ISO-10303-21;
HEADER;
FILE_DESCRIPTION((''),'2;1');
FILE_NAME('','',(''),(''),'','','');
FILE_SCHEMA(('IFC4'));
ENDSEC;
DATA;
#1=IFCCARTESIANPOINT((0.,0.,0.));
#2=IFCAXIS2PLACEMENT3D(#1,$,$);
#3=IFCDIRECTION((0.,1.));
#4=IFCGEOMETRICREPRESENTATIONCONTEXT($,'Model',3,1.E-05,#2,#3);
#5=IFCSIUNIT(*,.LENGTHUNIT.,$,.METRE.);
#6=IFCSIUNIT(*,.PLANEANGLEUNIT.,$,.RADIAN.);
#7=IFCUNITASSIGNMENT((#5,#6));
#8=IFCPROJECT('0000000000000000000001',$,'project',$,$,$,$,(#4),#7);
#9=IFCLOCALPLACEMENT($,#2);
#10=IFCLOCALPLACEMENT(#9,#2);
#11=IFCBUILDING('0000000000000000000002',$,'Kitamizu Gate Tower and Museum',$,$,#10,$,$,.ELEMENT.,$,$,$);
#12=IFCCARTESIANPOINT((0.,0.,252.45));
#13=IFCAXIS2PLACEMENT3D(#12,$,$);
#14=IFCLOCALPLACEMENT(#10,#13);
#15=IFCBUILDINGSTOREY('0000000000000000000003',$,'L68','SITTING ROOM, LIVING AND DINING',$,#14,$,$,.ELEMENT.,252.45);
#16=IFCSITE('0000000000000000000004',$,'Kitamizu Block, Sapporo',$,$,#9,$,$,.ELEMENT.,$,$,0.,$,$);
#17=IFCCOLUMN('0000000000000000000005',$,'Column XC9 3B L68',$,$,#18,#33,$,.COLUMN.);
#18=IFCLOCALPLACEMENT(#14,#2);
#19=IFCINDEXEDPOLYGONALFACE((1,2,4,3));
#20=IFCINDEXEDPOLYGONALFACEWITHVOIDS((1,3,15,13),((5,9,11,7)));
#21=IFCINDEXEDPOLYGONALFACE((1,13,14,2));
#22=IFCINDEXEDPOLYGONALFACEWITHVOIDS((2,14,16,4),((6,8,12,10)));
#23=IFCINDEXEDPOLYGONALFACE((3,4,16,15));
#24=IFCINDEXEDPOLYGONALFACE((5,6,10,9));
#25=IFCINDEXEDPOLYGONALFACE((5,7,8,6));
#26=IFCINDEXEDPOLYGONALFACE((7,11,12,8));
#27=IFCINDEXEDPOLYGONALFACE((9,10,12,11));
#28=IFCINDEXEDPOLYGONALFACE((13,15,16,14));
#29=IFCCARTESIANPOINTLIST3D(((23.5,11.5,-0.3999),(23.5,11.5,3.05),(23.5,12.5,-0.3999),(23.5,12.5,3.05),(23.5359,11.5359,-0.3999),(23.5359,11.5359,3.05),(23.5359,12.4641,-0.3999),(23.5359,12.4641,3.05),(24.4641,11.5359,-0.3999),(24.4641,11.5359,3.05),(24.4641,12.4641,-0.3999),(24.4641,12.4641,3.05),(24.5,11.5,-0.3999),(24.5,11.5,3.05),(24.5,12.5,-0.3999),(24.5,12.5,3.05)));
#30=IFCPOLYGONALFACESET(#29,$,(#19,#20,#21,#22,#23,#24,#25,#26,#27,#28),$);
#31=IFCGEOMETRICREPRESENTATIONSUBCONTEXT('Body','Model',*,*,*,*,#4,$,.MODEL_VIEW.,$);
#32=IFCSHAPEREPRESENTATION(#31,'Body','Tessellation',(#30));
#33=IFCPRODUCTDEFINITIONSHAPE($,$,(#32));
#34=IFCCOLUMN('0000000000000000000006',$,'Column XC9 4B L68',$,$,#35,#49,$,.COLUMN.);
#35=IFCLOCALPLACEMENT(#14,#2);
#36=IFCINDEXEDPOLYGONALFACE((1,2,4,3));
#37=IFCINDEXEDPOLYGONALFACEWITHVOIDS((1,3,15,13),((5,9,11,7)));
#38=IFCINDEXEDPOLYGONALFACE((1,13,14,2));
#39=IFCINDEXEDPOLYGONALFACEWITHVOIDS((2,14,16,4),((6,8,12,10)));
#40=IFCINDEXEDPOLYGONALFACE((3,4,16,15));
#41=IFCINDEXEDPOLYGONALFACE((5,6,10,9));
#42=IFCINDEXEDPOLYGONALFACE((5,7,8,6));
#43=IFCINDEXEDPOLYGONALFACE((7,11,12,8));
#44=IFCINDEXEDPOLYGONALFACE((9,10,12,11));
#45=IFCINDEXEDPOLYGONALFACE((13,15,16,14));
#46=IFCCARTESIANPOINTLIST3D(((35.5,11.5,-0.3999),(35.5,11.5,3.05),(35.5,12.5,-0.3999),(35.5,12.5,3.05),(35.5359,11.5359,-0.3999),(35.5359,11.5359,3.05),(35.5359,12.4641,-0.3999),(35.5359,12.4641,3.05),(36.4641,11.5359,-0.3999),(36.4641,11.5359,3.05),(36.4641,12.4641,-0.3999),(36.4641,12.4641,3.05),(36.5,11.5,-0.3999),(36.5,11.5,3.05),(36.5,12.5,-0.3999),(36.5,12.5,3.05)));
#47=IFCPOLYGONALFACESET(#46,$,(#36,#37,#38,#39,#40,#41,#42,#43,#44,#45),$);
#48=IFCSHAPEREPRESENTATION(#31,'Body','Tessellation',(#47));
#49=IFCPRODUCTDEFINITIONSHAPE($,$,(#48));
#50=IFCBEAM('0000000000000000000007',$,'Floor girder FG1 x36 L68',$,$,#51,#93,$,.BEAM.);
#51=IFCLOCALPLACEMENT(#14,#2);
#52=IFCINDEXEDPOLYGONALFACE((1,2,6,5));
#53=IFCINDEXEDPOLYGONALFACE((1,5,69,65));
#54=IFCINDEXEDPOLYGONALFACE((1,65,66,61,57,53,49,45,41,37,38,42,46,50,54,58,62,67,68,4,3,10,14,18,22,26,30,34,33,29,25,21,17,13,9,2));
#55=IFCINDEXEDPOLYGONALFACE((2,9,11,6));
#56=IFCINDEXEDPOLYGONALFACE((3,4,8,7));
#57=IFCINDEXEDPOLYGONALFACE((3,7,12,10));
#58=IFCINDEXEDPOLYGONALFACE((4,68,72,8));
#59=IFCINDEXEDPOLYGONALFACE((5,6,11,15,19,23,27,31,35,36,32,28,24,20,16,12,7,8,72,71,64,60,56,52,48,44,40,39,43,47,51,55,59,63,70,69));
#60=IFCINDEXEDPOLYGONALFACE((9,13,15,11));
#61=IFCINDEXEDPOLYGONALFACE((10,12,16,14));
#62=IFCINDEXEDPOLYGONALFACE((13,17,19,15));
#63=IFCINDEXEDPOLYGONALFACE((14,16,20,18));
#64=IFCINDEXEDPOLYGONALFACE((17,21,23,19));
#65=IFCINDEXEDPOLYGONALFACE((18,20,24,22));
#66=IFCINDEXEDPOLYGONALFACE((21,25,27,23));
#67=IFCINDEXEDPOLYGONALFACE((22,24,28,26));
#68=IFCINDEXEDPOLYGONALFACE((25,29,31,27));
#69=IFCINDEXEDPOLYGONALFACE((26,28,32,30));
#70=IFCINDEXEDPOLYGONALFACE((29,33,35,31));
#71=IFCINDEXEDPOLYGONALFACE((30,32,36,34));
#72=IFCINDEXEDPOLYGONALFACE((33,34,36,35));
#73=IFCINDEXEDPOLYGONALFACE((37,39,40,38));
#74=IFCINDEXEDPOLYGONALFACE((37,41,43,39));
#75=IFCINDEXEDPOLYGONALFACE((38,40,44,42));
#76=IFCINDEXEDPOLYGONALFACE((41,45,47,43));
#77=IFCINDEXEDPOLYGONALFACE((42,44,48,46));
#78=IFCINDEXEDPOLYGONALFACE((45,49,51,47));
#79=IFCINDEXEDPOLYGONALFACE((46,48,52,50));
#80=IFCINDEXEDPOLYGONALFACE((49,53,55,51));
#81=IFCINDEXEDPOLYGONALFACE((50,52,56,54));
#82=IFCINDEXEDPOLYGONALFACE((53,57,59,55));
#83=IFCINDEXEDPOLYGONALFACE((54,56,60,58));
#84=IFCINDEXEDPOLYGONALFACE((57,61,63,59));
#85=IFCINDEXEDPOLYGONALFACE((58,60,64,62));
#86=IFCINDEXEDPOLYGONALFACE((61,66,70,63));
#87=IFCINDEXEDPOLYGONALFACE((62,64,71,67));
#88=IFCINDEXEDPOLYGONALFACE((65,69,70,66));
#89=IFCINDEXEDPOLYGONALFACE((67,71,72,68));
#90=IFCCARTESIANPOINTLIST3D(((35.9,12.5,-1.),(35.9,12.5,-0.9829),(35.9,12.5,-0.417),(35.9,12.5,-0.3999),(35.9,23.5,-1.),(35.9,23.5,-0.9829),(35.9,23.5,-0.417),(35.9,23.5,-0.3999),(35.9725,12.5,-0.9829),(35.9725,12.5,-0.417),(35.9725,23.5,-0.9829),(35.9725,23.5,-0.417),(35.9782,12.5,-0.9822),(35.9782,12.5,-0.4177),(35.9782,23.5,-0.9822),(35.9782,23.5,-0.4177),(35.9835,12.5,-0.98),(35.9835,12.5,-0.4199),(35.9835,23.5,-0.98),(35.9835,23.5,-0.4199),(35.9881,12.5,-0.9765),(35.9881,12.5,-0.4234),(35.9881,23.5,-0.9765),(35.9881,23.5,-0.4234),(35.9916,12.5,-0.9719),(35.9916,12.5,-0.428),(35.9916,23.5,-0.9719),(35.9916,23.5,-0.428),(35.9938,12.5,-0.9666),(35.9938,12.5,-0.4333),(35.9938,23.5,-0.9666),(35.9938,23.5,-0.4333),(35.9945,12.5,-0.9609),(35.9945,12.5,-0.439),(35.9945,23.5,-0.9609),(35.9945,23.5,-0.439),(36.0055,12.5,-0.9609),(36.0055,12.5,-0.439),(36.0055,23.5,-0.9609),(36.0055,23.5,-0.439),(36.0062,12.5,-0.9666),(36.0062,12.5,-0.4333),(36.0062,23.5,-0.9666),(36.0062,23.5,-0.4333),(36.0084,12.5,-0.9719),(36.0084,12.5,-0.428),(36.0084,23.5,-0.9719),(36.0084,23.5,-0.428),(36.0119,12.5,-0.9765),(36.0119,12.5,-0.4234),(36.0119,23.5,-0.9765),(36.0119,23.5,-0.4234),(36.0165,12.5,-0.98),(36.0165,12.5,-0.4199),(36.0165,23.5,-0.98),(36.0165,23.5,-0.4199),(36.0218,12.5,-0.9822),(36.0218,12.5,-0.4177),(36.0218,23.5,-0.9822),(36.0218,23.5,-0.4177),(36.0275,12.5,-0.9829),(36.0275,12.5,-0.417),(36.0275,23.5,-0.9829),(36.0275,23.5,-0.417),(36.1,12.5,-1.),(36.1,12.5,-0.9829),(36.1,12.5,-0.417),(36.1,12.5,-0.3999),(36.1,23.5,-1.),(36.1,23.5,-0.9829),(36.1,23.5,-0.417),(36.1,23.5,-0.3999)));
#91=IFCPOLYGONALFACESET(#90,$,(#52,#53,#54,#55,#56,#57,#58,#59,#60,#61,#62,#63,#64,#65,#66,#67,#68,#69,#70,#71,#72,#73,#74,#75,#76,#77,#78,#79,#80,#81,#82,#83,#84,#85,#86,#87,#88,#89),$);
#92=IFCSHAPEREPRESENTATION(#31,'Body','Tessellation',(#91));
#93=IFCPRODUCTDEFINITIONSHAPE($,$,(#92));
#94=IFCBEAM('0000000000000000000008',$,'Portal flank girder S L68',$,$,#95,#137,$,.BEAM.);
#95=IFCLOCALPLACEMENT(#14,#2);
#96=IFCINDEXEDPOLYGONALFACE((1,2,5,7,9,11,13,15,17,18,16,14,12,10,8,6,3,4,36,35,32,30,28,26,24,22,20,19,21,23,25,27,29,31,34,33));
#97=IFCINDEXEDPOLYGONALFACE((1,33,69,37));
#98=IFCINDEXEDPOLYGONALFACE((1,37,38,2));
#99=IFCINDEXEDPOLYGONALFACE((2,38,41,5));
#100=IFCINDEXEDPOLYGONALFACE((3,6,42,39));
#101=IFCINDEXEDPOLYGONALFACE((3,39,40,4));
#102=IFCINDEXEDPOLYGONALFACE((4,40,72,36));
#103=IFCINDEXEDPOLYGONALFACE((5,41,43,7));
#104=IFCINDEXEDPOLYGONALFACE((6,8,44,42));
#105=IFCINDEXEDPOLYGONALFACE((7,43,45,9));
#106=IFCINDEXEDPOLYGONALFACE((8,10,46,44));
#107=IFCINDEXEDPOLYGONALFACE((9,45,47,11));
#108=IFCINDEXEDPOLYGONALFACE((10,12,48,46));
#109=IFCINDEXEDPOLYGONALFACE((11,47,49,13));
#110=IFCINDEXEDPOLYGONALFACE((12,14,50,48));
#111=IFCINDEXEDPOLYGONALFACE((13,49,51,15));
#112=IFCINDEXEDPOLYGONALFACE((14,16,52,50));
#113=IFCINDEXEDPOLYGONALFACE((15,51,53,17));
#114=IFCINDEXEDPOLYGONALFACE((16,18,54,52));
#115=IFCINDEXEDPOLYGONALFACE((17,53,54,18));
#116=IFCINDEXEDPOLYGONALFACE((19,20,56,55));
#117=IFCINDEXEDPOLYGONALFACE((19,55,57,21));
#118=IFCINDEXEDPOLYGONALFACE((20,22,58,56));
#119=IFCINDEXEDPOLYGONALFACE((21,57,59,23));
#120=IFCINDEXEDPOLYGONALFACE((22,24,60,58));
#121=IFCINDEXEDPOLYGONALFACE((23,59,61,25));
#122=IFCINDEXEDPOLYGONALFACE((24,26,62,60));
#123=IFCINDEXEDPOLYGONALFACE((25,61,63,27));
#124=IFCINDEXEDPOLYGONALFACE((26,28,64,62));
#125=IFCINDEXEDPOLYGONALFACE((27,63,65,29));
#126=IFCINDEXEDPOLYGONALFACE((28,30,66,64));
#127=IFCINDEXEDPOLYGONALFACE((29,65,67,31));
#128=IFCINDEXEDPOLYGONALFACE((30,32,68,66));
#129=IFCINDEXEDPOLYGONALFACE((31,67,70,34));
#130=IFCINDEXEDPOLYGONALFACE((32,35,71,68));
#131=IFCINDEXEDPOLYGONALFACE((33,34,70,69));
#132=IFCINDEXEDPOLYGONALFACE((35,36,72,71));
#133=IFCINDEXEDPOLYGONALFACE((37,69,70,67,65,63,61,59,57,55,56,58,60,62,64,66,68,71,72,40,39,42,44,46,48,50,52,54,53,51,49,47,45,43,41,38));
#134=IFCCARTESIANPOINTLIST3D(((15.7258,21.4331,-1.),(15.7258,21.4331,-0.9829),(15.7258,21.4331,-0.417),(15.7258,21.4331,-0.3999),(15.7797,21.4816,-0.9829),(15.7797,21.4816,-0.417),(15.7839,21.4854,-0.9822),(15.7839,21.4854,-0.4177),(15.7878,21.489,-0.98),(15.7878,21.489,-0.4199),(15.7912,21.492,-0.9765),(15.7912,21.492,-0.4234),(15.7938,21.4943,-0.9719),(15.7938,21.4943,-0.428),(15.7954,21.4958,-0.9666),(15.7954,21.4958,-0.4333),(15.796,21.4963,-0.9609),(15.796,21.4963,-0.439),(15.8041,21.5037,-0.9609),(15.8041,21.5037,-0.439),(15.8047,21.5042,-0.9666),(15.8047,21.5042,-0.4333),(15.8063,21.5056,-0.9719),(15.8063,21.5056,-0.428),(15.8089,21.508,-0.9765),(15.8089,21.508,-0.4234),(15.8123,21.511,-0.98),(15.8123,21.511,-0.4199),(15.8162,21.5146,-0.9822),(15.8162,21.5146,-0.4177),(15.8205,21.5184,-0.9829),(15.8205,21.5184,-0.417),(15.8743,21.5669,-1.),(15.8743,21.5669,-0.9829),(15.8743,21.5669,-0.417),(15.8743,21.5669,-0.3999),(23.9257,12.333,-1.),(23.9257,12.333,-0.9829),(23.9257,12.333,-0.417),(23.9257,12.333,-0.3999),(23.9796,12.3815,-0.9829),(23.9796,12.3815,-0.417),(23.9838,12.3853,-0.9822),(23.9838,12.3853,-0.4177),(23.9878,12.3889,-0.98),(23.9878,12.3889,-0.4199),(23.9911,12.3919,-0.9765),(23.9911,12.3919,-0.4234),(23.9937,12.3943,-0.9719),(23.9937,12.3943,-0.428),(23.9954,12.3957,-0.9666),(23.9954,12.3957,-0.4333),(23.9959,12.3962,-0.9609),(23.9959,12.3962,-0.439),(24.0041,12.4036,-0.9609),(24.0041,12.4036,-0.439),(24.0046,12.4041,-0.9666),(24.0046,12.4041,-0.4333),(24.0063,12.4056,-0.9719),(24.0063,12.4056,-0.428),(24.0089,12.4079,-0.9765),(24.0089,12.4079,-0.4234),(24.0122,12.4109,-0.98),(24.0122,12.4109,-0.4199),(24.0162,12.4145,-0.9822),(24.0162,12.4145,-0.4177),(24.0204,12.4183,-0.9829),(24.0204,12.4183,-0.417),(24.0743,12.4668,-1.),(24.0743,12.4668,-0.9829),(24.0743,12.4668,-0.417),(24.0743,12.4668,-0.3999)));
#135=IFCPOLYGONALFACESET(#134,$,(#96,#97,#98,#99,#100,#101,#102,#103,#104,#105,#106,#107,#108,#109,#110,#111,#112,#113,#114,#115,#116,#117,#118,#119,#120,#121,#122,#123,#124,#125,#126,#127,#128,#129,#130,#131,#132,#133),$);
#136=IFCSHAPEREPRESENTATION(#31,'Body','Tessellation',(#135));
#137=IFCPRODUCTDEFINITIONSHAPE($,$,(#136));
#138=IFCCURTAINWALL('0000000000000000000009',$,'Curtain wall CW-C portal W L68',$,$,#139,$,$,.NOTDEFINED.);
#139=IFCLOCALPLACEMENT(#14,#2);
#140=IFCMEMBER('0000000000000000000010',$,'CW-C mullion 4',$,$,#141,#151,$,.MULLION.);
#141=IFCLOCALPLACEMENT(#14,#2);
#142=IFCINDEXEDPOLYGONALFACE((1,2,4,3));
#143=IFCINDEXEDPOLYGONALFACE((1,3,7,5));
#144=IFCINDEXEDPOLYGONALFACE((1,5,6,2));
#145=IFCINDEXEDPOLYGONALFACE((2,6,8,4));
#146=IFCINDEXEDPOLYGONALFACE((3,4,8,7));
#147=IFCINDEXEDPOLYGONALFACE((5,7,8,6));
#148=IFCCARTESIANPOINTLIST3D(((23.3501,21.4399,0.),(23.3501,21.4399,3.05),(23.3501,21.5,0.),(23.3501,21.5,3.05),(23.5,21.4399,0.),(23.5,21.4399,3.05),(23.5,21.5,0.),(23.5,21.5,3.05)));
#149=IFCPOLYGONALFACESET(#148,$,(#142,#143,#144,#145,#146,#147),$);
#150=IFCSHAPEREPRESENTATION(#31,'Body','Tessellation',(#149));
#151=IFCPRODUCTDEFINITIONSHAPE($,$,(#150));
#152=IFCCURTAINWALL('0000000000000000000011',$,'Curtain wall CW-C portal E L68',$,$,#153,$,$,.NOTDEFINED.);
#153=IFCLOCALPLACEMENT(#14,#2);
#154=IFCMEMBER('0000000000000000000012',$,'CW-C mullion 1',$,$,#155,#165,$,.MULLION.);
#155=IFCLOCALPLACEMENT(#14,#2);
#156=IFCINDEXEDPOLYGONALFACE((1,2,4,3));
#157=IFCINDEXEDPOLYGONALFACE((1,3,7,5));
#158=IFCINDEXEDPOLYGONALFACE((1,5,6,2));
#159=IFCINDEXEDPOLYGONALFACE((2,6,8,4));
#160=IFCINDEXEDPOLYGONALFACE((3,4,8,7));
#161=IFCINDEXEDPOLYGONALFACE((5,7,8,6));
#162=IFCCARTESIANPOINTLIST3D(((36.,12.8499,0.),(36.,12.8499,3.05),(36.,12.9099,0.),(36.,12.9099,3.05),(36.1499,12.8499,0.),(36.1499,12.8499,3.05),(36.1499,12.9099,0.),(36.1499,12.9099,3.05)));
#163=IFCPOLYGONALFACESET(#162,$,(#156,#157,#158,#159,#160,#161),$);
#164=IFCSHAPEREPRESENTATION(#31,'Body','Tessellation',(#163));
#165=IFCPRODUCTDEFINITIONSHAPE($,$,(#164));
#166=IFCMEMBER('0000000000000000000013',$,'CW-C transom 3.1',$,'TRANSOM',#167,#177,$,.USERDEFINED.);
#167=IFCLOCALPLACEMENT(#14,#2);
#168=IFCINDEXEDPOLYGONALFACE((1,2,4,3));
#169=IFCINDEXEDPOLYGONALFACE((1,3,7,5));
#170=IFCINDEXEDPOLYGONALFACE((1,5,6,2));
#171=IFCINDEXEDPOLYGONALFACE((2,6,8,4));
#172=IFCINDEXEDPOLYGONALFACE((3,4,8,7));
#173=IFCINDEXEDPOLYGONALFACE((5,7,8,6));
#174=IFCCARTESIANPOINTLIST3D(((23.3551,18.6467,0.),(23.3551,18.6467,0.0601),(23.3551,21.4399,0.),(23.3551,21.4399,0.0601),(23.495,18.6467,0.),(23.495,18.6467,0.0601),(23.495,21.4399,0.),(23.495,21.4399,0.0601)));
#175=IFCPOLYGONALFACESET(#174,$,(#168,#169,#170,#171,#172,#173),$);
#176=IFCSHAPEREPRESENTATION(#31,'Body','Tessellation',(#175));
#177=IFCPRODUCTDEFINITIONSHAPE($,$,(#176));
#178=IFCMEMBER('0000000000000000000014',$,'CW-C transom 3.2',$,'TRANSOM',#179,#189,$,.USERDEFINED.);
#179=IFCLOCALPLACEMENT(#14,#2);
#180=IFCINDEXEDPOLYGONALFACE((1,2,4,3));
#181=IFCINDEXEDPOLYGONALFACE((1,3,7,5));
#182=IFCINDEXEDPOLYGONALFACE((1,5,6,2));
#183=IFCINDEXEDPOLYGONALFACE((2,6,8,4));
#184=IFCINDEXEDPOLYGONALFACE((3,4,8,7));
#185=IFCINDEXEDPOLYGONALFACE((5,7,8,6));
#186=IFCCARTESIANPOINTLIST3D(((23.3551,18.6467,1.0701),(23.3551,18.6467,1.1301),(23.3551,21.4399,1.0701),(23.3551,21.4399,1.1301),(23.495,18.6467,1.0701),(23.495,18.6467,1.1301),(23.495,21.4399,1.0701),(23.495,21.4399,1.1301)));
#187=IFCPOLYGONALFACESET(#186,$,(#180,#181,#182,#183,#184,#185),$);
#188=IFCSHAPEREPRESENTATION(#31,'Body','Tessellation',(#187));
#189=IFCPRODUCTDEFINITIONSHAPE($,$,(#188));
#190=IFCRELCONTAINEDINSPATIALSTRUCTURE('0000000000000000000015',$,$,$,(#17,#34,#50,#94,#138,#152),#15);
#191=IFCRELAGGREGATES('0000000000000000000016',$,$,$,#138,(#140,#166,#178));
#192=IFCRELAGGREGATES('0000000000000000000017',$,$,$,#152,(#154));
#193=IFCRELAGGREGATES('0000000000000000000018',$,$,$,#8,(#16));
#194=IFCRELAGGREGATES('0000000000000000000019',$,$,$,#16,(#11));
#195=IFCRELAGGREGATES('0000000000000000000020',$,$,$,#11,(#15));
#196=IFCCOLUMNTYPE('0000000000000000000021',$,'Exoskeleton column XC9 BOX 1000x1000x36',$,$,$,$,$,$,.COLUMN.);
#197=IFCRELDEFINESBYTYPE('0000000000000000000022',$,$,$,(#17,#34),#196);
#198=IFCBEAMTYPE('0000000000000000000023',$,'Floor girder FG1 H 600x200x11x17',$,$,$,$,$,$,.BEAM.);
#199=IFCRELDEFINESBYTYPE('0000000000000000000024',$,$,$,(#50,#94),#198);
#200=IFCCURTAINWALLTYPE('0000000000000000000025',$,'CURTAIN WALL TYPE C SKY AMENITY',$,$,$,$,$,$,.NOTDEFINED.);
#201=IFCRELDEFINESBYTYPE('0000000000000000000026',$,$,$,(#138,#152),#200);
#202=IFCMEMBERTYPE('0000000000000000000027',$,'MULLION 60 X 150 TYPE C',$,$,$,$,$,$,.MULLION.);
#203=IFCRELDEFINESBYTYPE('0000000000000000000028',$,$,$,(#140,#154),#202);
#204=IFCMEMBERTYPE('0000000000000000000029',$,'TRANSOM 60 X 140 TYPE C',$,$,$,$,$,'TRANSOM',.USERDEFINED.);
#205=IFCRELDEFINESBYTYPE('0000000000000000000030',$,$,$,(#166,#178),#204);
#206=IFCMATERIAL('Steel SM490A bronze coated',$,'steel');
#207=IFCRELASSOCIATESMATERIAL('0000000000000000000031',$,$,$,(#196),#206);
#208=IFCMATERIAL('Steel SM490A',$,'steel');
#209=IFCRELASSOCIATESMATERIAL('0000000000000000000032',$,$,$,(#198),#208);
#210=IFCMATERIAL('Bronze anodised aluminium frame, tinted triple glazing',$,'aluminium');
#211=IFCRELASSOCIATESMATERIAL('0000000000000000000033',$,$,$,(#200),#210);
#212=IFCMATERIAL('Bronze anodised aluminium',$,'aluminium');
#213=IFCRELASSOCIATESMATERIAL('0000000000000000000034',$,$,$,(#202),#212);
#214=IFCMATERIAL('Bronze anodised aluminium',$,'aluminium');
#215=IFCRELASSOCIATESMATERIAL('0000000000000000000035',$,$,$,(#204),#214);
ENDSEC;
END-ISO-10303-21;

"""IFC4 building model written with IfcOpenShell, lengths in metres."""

from ifc_helpers import new_model, si_unit, direction, frame, origin, origin_2d, place, context, subcontext, project, spatial, rectangle, hollow_rectangle, i_section, extrude, material, material_profile, profile_set, type_object, element, aggregate, save


model = new_model("IFC4")

# Units and contexts
model_context = context("Model", 3, precision=1e-05, world=origin(), true_north=direction((0.0, 1.0)))
body_context = subcontext(model_context, "Body", "Model", "MODEL_VIEW")
ifc_project = project(units=[si_unit("LENGTHUNIT", "METRE"), si_unit("PLANEANGLEUNIT", "RADIAN")], contexts=[model_context])

# Site, building, storey
site_placement = place(None, origin())
site = spatial("IfcSite", under=ifc_project, at=site_placement, Name="Kitamizu Block, Sapporo", CompositionType="ELEMENT", RefElevation=0.0)
building_placement = place(site_placement, origin())
building = spatial("IfcBuilding", under=site, at=building_placement, Name="Kitamizu Gate Tower and Museum", CompositionType="ELEMENT")
storey_placement = place(building_placement, frame((0.0, 0.0, 252.45)))
storey = spatial("IfcBuildingStorey", under=building, at=storey_placement, Name="L68", Description="SITTING ROOM, LIVING AND DINING", CompositionType="ELEMENT", Elevation=252.45)

# Columns
ifc_material_1 = material(Name="Steel SM490A bronze coated", Category="steel")
ifc_material_profile_1 = material_profile(ifc_material_1, hollow_rectangle(XDim=1.0, YDim=1.0, WallThickness=0.0359, at=origin_2d()), Name="BOX 1000x1000x36")
ifc_profile_set_1 = profile_set([ifc_material_profile_1], Name="Steel SM490A bronze coated")
column_type = type_object("IfcColumnType", Name="Exoskeleton column XC9 BOX 1000x1000x36", PredefinedType="COLUMN", material=ifc_profile_set_1)
for number, where, z_axis, x_axis, name in (
    (1, (24.0, 12.0, -0.3999), (0.0, 0.0, 1.0), (1.0, 0.0, 0.0), "Column XC9 3B L68"),
    (2, (36.0, 12.0, -0.3999), (0.0, 0.0, 1.0), (1.0, 0.0, 0.0), "Column XC9 4B L68"),
):
    element("IfcColumn", number, at=place(storey_placement, frame(where, z_axis=z_axis, x_axis=x_axis)), inside=storey, type_object=column_type, Name=name, PredefinedType="COLUMN", context=body_context, shape_type="SweptSolid", body=[
        extrude(hollow_rectangle(XDim=1.0, YDim=1.0, WallThickness=0.0359, at=origin_2d()), origin(), (0.0, 0.0, 1.0), 3.45),
    ])

# Beams
ifc_material_2 = material(Name="Steel SM490A", Category="steel")
ifc_material_profile_2 = material_profile(ifc_material_2, i_section(OverallWidth=0.2, OverallDepth=0.6001, WebThickness=0.011, FlangeThickness=0.0171, FilletRadius=0.022, at=origin_2d()), Name="H-600x200x11x17")
ifc_profile_set_2 = profile_set([ifc_material_profile_2], Name="Steel SM490A")
beam_type = type_object("IfcBeamType", Name="Floor girder FG1 H 600x200x11x17", PredefinedType="BEAM", material=ifc_profile_set_2)
beam_1_placement = place(storey_placement, frame((36.0, 12.5, -0.7), z_axis=(0.0, 1.0, 0.0), x_axis=(-1.0, 0.0, 0.0)))
element("IfcBeam", 3, at=beam_1_placement, inside=storey, type_object=beam_type, Name="Floor girder FG1 x36 L68", PredefinedType="BEAM", context=body_context, shape_type="SweptSolid", body=[
    extrude(i_section(OverallWidth=0.2, OverallDepth=0.6001, WebThickness=0.011, FlangeThickness=0.0171, FilletRadius=0.022, at=origin_2d()), origin(), (0.0, 0.0, 1.0), 11.0),
])
beam_2_placement = place(storey_placement, frame((24.0, 12.3999, -0.7), z_axis=(-0.669409, 0.742894, 0.0), x_axis=(-0.742894, -0.669409, 0.0)))
element("IfcBeam", 4, at=beam_2_placement, inside=storey, type_object=beam_type, Name="Portal flank girder S L68", PredefinedType="BEAM", context=body_context, shape_type="SweptSolid", body=[
    extrude(i_section(OverallWidth=0.2, OverallDepth=0.6001, WebThickness=0.011, FlangeThickness=0.0171, FilletRadius=0.022, at=origin_2d()), origin(), (0.0, 0.0, 1.0), 12.2495),
])

# Curtain walls, members
ifc_material_3 = material(Name="Bronze anodised aluminium frame, tinted triple glazing", Category="aluminium")
curtain_wall_type = type_object("IfcCurtainWallType", Name="CURTAIN WALL TYPE C SKY AMENITY", PredefinedType="NOTDEFINED", material=ifc_material_3)
curtain_wall_1_placement = place(storey_placement, origin())
curtain_wall_1 = element("IfcCurtainWall", 5, at=curtain_wall_1_placement, inside=storey, type_object=curtain_wall_type, Name="Curtain wall CW-C portal W L68", PredefinedType="NOTDEFINED")
ifc_material_4 = material(Name="Bronze anodised aluminium", Category="aluminium")
ifc_material_profile_3 = material_profile(ifc_material_4, rectangle(XDim=0.0601, YDim=0.1499, at=origin_2d()), Name="AL 60X150")
ifc_profile_set_3 = profile_set([ifc_material_profile_3], Name="Bronze anodised aluminium")
member_type_1 = type_object("IfcMemberType", Name="MULLION 60 X 150 TYPE C", PredefinedType="MULLION", material=ifc_profile_set_3)
member_1_placement = place(storey_placement, frame((23.425, 21.47, 0.0), z_axis=(0.0, 0.0, 1.0), x_axis=(0.0, 1.0, 0.0)))
member_1 = element("IfcMember", 6, at=member_1_placement, type_object=member_type_1, Name="CW-C mullion 4", PredefinedType="MULLION", context=body_context, shape_type="SweptSolid", body=[
    extrude(rectangle(XDim=0.0601, YDim=0.1499, at=origin_2d()), origin(), (0.0, 0.0, 1.0), 3.05),
])
curtain_wall_2_placement = place(storey_placement, origin())
curtain_wall_2 = element("IfcCurtainWall", 7, at=curtain_wall_2_placement, inside=storey, type_object=curtain_wall_type, Name="Curtain wall CW-C portal E L68", PredefinedType="NOTDEFINED")
member_2_placement = place(storey_placement, frame((36.075, 12.8799, 0.0), z_axis=(0.0, 0.0, 1.0), x_axis=(0.0, 1.0, 0.0)))
member_2 = element("IfcMember", 8, at=member_2_placement, type_object=member_type_1, Name="CW-C mullion 1", PredefinedType="MULLION", context=body_context, shape_type="SweptSolid", body=[
    extrude(rectangle(XDim=0.0601, YDim=0.1499, at=origin_2d()), origin(), (0.0, 0.0, 1.0), 3.05),
])

# Members
ifc_material_5 = material(Name="Bronze anodised aluminium", Category="aluminium")
ifc_material_profile_4 = material_profile(ifc_material_5, rectangle(XDim=0.1399, YDim=0.0601, at=origin_2d()), Name="AL 60X140")
ifc_profile_set_4 = profile_set([ifc_material_profile_4], Name="Bronze anodised aluminium")
member_type_2 = type_object("IfcMemberType", Name="TRANSOM 60 X 140 TYPE C", ElementType="TRANSOM", PredefinedType="USERDEFINED", material=ifc_profile_set_4)
member_3_placement = place(storey_placement, frame((23.425, 18.6467, 0.03), z_axis=(0.0, 1.0, 0.0), x_axis=(-1.0, 0.0, 0.0)))
member_3 = element("IfcMember", 9, at=member_3_placement, type_object=member_type_2, Name="CW-C transom 3.1", ObjectType="TRANSOM", PredefinedType="USERDEFINED", context=body_context, shape_type="SweptSolid", body=[
    extrude(rectangle(XDim=0.1399, YDim=0.0601, at=origin_2d()), origin(), (0.0, 0.0, 1.0), 2.7932),
])
member_4_placement = place(storey_placement, frame((23.425, 18.6467, 1.1001), z_axis=(0.0, 1.0, 0.0), x_axis=(-1.0, 0.0, 0.0)))
member_4 = element("IfcMember", 10, at=member_4_placement, type_object=member_type_2, Name="CW-C transom 3.2", ObjectType="TRANSOM", PredefinedType="USERDEFINED", context=body_context, shape_type="SweptSolid", body=[
    extrude(rectangle(XDim=0.1399, YDim=0.0601, at=origin_2d()), origin(), (0.0, 0.0, 1.0), 2.7932),
])

aggregate(curtain_wall_1, [member_1, member_3, member_4])
aggregate(curtain_wall_2, [member_2])

save(model, "model.ifc")
